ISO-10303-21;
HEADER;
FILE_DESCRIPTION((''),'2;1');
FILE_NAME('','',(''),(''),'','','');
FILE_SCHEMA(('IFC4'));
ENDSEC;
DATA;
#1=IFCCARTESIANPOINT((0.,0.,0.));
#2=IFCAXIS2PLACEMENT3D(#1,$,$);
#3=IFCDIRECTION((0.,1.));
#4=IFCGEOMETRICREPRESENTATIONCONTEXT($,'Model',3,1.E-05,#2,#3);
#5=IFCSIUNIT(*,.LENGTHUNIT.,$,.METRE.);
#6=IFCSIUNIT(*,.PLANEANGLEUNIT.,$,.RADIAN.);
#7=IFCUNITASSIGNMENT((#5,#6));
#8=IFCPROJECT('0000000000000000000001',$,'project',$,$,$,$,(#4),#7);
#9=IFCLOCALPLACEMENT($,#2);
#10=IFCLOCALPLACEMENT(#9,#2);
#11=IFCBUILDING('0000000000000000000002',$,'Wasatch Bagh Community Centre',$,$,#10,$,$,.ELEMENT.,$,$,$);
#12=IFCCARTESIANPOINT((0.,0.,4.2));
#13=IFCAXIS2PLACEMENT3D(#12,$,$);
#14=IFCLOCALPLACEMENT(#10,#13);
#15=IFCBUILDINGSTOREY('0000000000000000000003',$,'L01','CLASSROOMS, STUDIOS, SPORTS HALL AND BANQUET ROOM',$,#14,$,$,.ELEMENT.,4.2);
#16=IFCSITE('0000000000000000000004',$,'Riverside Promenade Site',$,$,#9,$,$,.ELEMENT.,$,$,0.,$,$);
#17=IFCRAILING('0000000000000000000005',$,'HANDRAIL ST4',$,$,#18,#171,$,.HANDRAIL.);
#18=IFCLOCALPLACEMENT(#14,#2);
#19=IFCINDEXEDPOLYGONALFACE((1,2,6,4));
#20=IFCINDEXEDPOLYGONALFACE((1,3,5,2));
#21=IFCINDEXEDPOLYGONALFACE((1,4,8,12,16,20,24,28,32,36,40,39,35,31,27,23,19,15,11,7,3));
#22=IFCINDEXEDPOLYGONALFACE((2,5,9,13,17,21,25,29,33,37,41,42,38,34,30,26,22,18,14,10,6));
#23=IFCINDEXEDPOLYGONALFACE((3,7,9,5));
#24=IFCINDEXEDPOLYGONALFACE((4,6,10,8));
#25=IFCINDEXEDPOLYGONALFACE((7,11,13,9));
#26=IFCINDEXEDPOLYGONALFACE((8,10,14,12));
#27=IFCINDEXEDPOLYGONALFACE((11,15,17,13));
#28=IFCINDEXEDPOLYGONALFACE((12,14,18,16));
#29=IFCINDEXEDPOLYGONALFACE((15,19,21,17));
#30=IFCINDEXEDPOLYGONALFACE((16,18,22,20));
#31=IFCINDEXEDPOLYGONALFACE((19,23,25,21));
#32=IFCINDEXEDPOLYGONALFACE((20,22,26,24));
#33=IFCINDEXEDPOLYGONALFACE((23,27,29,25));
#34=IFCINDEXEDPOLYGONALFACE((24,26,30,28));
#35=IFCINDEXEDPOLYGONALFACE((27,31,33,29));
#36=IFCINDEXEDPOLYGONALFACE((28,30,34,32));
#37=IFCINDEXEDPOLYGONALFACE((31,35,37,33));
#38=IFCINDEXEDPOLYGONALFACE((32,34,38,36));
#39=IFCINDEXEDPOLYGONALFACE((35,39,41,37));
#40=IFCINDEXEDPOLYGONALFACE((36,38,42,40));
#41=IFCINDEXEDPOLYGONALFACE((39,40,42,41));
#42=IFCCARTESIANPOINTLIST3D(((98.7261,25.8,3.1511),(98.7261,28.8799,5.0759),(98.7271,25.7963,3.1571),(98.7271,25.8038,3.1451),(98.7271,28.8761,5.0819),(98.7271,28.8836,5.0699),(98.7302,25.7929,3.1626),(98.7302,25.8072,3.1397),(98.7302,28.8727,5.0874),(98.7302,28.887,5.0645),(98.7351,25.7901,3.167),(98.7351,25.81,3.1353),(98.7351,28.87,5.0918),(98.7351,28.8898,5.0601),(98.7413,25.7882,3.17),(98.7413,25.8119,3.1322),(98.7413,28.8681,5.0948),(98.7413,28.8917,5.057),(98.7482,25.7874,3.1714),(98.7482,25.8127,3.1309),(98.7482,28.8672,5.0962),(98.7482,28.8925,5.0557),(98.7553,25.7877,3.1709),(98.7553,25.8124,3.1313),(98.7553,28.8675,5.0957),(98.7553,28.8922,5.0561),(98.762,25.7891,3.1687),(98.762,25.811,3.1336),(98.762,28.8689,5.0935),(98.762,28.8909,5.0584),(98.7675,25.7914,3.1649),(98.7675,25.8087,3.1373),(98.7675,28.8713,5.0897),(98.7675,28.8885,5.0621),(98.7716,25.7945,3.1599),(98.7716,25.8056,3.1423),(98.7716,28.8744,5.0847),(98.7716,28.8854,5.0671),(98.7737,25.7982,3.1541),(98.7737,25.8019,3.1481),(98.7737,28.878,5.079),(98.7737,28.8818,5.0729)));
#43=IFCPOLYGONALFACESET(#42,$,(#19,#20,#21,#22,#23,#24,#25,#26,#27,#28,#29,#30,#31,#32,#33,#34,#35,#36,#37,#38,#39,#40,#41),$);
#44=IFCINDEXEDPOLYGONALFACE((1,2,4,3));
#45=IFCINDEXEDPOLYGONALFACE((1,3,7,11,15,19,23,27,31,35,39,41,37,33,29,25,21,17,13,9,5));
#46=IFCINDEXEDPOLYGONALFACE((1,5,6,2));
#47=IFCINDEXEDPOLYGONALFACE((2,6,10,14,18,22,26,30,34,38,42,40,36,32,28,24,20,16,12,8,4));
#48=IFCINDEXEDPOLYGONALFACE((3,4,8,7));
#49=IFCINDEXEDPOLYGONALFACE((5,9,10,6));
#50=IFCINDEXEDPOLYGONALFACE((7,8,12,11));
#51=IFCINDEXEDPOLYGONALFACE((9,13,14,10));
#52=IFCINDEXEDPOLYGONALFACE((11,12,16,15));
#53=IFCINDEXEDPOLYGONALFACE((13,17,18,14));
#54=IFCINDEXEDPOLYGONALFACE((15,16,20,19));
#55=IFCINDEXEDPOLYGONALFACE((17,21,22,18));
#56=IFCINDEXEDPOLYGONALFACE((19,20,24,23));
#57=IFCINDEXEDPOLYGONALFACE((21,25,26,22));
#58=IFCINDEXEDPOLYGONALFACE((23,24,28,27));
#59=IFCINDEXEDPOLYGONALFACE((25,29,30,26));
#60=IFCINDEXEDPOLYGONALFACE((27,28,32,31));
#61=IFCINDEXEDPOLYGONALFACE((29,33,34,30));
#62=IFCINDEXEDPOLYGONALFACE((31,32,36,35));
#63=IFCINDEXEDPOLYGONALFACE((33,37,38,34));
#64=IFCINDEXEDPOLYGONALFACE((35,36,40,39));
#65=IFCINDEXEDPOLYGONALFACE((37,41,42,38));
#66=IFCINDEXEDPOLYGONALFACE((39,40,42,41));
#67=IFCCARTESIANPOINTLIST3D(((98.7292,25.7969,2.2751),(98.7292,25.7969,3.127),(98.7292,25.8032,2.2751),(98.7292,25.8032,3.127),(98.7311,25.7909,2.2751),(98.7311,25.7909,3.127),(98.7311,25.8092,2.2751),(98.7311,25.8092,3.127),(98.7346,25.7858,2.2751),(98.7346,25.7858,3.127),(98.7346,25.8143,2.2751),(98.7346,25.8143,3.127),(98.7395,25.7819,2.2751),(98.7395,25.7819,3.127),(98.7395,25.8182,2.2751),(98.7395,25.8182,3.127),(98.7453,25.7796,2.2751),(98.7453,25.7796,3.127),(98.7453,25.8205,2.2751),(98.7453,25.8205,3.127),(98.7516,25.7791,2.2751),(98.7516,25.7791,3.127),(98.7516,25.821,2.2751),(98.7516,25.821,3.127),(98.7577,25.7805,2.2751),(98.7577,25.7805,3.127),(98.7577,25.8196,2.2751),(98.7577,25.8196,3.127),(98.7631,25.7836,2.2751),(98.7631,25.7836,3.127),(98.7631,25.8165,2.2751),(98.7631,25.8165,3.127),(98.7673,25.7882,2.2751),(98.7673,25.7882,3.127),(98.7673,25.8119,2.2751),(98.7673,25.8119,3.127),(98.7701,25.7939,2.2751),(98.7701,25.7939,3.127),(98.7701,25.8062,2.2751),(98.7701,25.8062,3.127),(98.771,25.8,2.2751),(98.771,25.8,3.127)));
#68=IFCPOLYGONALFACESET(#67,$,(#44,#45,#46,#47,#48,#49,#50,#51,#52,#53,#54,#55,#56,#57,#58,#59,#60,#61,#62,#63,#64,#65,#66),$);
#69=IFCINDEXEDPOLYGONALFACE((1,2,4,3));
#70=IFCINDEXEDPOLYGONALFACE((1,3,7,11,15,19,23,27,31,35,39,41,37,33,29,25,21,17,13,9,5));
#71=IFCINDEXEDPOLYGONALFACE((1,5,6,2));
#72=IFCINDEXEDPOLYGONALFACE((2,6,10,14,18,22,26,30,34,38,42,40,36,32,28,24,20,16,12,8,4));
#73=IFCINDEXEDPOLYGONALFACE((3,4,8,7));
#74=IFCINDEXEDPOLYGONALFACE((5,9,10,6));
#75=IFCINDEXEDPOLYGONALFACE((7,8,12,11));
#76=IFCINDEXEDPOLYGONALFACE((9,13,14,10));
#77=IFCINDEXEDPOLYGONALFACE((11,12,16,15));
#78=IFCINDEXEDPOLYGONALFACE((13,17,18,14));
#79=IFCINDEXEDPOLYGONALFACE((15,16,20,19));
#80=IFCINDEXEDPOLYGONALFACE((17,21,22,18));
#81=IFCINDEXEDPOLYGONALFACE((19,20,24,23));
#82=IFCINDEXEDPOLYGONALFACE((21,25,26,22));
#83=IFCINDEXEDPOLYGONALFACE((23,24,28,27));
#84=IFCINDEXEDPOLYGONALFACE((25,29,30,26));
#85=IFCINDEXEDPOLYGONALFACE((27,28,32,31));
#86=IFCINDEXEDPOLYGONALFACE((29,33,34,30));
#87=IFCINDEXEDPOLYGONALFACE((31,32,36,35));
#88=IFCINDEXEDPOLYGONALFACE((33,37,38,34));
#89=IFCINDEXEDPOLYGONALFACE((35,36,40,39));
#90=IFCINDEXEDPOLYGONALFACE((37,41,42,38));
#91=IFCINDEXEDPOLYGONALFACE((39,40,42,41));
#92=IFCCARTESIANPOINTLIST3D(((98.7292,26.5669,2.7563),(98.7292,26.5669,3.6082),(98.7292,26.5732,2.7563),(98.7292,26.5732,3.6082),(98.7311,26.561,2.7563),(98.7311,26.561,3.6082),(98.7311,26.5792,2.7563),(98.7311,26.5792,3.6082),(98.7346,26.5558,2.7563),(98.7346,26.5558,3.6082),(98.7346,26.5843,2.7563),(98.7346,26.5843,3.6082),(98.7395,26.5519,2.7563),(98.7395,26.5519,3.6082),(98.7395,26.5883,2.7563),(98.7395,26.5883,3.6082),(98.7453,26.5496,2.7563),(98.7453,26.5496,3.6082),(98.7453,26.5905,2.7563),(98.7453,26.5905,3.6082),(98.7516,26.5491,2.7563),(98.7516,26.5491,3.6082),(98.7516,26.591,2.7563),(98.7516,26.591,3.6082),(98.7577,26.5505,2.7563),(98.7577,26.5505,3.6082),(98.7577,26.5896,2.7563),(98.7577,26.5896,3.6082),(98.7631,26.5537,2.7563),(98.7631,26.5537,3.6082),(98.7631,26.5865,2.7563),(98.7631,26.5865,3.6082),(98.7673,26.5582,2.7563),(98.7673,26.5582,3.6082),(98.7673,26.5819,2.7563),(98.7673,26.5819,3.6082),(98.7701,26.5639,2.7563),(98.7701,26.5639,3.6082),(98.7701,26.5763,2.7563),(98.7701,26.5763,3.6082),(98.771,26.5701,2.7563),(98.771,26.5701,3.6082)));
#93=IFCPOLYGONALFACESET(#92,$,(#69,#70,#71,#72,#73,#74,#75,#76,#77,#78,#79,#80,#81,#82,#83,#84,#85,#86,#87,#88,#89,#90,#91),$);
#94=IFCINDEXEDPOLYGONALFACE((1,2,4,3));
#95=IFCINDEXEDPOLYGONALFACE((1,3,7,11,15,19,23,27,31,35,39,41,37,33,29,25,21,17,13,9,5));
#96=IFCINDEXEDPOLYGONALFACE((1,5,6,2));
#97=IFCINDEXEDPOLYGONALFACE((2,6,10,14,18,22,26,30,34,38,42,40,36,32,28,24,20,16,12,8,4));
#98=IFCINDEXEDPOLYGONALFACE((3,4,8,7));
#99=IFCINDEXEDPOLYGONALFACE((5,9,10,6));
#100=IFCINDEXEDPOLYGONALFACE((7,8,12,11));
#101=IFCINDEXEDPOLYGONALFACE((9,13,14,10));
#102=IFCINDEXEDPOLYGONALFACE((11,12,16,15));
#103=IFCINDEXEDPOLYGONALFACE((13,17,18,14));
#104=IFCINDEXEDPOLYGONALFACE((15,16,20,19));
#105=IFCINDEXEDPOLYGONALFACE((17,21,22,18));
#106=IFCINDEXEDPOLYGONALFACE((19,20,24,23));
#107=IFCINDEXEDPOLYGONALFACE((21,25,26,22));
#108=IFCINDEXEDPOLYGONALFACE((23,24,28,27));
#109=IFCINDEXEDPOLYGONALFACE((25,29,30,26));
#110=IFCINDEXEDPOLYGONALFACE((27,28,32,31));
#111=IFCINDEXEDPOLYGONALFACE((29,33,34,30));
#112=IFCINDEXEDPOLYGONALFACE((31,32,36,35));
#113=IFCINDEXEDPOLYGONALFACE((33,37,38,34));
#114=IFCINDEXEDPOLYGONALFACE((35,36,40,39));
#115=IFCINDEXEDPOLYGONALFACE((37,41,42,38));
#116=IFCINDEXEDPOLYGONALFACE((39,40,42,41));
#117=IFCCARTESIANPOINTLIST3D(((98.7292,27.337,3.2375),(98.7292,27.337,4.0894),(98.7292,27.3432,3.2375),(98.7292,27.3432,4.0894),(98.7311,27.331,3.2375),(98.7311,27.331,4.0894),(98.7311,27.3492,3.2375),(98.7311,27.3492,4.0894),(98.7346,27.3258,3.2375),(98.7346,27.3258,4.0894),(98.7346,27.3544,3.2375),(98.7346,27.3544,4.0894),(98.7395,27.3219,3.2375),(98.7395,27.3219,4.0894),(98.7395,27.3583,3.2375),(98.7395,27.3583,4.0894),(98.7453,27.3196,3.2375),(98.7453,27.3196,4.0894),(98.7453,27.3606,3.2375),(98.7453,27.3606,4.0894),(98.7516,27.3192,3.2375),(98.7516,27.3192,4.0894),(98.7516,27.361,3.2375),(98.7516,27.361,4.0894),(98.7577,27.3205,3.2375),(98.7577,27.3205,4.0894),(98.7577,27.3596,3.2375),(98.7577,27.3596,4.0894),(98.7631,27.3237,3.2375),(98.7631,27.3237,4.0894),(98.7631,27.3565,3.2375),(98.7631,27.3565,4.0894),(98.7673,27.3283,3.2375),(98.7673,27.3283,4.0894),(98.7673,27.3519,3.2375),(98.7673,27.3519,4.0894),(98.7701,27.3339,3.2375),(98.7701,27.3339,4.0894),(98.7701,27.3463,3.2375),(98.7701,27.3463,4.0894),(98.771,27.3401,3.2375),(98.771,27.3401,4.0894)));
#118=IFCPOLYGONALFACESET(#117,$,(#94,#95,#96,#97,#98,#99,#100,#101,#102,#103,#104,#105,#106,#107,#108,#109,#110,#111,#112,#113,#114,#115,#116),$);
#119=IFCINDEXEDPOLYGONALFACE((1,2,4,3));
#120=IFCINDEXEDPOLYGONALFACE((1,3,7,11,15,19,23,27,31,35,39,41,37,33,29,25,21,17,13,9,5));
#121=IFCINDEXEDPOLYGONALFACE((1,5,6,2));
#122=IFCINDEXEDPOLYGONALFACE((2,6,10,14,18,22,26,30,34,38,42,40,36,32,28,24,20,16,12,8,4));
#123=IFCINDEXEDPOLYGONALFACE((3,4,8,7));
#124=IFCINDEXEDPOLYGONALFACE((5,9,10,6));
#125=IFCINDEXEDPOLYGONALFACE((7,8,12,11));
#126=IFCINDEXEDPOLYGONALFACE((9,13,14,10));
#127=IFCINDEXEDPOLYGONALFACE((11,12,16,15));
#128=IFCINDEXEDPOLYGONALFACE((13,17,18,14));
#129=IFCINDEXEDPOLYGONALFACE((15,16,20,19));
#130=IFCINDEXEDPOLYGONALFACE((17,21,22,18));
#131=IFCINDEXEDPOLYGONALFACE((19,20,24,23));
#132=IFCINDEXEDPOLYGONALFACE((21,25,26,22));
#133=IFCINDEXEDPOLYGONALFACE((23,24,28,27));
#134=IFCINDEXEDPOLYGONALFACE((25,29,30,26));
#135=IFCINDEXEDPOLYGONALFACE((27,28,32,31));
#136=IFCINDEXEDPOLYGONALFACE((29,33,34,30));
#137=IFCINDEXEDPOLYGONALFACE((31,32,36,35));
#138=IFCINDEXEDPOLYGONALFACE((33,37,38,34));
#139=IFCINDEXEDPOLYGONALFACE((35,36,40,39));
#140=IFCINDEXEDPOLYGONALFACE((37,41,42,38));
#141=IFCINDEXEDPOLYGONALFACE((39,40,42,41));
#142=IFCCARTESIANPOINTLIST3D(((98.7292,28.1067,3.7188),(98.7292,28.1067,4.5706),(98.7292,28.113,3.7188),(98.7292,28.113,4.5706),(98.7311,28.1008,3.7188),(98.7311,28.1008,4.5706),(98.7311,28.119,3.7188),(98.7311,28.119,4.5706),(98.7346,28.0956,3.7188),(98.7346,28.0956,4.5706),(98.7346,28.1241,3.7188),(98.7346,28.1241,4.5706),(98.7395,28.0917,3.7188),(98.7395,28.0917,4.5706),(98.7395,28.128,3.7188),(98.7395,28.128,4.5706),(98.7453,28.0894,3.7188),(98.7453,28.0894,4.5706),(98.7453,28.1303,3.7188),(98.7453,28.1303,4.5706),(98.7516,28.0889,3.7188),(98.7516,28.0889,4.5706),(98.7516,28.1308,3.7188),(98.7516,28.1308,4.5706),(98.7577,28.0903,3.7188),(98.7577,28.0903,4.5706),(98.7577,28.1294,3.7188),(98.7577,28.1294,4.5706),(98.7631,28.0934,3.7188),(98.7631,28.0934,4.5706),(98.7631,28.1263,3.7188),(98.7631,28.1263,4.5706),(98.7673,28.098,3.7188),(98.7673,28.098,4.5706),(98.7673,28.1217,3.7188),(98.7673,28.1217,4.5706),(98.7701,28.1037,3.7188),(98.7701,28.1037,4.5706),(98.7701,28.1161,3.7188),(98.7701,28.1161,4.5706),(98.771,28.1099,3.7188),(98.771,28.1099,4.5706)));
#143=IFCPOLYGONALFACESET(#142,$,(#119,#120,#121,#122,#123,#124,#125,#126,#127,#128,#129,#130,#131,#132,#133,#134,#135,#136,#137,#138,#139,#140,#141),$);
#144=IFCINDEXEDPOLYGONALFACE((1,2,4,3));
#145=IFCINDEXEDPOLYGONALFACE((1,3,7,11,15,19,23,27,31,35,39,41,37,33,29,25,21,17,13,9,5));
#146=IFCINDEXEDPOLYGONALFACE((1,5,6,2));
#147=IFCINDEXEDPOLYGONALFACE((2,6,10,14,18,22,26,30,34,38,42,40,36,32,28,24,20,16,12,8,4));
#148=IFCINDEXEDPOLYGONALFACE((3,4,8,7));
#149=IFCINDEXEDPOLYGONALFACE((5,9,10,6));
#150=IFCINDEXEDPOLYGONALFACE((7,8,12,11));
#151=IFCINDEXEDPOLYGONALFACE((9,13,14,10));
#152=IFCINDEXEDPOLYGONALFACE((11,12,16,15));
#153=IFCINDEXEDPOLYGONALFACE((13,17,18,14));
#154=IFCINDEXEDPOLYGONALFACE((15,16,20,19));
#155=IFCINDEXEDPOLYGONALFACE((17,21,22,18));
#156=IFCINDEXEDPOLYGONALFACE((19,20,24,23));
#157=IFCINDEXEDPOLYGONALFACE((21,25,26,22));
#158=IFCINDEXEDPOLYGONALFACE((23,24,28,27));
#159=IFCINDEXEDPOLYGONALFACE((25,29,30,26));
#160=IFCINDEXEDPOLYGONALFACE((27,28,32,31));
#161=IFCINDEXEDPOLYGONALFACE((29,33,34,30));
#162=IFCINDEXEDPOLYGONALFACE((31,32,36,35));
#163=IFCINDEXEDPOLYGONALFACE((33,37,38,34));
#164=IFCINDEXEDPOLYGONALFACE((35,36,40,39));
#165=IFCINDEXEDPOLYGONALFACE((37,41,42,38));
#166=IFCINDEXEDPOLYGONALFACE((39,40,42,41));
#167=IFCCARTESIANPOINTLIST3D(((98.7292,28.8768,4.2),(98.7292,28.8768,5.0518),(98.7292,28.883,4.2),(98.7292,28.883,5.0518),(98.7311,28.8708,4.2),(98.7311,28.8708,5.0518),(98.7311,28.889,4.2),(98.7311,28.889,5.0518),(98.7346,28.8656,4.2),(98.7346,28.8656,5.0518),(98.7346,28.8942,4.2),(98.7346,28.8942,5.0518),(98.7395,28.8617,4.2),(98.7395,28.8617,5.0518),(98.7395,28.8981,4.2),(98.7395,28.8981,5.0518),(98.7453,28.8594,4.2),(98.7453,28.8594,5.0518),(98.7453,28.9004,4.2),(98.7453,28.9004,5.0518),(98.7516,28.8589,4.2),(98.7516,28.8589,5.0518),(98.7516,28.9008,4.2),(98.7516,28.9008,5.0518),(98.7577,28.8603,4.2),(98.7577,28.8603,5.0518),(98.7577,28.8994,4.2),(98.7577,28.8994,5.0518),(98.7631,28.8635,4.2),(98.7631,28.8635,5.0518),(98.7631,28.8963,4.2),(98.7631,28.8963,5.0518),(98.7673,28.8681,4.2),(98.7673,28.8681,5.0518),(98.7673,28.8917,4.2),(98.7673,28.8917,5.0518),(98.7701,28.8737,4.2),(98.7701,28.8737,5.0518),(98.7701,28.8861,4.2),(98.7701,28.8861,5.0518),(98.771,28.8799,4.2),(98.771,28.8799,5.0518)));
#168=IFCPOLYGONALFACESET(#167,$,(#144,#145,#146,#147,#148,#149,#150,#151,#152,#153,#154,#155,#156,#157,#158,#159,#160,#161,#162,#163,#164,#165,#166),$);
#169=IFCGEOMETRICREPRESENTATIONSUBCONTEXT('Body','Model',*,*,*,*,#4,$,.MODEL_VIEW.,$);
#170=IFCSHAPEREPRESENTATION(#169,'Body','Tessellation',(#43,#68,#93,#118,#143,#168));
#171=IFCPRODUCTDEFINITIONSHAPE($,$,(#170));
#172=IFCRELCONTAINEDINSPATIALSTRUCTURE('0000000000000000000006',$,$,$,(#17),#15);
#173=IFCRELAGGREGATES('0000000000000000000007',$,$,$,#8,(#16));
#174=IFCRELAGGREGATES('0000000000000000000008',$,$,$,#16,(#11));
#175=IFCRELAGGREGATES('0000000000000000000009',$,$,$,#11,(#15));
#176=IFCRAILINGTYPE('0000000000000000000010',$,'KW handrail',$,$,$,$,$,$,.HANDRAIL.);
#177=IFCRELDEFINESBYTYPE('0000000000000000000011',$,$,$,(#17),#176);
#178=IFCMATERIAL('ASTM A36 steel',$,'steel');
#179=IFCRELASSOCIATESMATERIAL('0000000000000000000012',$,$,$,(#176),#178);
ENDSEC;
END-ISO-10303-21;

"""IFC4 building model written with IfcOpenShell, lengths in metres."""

from ifc_helpers import new_model, si_unit, direction, frame, origin, origin_2d, place, context, subcontext, project, spatial, circle, extrude, material, type_object, element, save


model = new_model("IFC4")

# Units and contexts
model_context = context("Model", 3, precision=1e-05, world=origin(), true_north=direction((0.0, 1.0)))
body_context = subcontext(model_context, "Body", "Model", "MODEL_VIEW")
ifc_project = project(units=[si_unit("LENGTHUNIT", "METRE"), si_unit("PLANEANGLEUNIT", "RADIAN")], contexts=[model_context])

# Site, building, storey
site_placement = place(None, origin())
site = spatial("IfcSite", under=ifc_project, at=site_placement, Name="Riverside Promenade Site", CompositionType="ELEMENT", RefElevation=0.0)
building_placement = place(site_placement, origin())
building = spatial("IfcBuilding", under=site, at=building_placement, Name="Wasatch Bagh Community Centre", CompositionType="ELEMENT")
storey_placement = place(building_placement, frame((0.0, 0.0, 4.2)))
storey = spatial("IfcBuildingStorey", under=building, at=storey_placement, Name="L01", Description="CLASSROOMS, STUDIOS, SPORTS HALL AND BANQUET ROOM", CompositionType="ELEMENT", Elevation=4.2)

# Railing
ifc_material_1 = material(Name="ASTM A36 steel", Category="steel")
railing_type_1 = type_object("IfcRailingType", Name="KW handrail", PredefinedType="HANDRAIL", material=ifc_material_1)
for number, where, name in (
    (1, (98.75, 25.8, 2.2751), "HANDRAIL ST4"),
):
    element("IfcRailing", number, at=place(storey_placement, frame(where)), inside=storey, type_object=railing_type_1, Name=name, PredefinedType="HANDRAIL", context=body_context, shape_type="SweptSolid", body=[
        extrude(circle(Radius=0.0239, at=origin_2d()), frame((0.0, 0.0, 0.876), z_axis=(0.0, 0.84801, 0.529981), x_axis=(-1.0, 0.0, 0.0)), (0.0, 0.0, 1.0), 3.6318),
        extrude(circle(Radius=0.021, at=origin_2d()), origin(), (0.0, 0.0, 1.0), 0.8518),
        extrude(circle(Radius=0.021, at=origin_2d()), frame((0.0, 0.77, 0.4812)), (0.0, 0.0, 1.0), 0.8518),
        extrude(circle(Radius=0.021, at=origin_2d()), frame((0.0, 1.54, 0.9624)), (0.0, 0.0, 1.0), 0.8518),
        extrude(circle(Radius=0.021, at=origin_2d()), frame((0.0, 2.3098, 1.4436)), (0.0, 0.0, 1.0), 0.8518),
        extrude(circle(Radius=0.021, at=origin_2d()), frame((0.0, 3.0798, 1.9248)), (0.0, 0.0, 1.0), 0.8518),
    ])

save(model, "model.ifc")
